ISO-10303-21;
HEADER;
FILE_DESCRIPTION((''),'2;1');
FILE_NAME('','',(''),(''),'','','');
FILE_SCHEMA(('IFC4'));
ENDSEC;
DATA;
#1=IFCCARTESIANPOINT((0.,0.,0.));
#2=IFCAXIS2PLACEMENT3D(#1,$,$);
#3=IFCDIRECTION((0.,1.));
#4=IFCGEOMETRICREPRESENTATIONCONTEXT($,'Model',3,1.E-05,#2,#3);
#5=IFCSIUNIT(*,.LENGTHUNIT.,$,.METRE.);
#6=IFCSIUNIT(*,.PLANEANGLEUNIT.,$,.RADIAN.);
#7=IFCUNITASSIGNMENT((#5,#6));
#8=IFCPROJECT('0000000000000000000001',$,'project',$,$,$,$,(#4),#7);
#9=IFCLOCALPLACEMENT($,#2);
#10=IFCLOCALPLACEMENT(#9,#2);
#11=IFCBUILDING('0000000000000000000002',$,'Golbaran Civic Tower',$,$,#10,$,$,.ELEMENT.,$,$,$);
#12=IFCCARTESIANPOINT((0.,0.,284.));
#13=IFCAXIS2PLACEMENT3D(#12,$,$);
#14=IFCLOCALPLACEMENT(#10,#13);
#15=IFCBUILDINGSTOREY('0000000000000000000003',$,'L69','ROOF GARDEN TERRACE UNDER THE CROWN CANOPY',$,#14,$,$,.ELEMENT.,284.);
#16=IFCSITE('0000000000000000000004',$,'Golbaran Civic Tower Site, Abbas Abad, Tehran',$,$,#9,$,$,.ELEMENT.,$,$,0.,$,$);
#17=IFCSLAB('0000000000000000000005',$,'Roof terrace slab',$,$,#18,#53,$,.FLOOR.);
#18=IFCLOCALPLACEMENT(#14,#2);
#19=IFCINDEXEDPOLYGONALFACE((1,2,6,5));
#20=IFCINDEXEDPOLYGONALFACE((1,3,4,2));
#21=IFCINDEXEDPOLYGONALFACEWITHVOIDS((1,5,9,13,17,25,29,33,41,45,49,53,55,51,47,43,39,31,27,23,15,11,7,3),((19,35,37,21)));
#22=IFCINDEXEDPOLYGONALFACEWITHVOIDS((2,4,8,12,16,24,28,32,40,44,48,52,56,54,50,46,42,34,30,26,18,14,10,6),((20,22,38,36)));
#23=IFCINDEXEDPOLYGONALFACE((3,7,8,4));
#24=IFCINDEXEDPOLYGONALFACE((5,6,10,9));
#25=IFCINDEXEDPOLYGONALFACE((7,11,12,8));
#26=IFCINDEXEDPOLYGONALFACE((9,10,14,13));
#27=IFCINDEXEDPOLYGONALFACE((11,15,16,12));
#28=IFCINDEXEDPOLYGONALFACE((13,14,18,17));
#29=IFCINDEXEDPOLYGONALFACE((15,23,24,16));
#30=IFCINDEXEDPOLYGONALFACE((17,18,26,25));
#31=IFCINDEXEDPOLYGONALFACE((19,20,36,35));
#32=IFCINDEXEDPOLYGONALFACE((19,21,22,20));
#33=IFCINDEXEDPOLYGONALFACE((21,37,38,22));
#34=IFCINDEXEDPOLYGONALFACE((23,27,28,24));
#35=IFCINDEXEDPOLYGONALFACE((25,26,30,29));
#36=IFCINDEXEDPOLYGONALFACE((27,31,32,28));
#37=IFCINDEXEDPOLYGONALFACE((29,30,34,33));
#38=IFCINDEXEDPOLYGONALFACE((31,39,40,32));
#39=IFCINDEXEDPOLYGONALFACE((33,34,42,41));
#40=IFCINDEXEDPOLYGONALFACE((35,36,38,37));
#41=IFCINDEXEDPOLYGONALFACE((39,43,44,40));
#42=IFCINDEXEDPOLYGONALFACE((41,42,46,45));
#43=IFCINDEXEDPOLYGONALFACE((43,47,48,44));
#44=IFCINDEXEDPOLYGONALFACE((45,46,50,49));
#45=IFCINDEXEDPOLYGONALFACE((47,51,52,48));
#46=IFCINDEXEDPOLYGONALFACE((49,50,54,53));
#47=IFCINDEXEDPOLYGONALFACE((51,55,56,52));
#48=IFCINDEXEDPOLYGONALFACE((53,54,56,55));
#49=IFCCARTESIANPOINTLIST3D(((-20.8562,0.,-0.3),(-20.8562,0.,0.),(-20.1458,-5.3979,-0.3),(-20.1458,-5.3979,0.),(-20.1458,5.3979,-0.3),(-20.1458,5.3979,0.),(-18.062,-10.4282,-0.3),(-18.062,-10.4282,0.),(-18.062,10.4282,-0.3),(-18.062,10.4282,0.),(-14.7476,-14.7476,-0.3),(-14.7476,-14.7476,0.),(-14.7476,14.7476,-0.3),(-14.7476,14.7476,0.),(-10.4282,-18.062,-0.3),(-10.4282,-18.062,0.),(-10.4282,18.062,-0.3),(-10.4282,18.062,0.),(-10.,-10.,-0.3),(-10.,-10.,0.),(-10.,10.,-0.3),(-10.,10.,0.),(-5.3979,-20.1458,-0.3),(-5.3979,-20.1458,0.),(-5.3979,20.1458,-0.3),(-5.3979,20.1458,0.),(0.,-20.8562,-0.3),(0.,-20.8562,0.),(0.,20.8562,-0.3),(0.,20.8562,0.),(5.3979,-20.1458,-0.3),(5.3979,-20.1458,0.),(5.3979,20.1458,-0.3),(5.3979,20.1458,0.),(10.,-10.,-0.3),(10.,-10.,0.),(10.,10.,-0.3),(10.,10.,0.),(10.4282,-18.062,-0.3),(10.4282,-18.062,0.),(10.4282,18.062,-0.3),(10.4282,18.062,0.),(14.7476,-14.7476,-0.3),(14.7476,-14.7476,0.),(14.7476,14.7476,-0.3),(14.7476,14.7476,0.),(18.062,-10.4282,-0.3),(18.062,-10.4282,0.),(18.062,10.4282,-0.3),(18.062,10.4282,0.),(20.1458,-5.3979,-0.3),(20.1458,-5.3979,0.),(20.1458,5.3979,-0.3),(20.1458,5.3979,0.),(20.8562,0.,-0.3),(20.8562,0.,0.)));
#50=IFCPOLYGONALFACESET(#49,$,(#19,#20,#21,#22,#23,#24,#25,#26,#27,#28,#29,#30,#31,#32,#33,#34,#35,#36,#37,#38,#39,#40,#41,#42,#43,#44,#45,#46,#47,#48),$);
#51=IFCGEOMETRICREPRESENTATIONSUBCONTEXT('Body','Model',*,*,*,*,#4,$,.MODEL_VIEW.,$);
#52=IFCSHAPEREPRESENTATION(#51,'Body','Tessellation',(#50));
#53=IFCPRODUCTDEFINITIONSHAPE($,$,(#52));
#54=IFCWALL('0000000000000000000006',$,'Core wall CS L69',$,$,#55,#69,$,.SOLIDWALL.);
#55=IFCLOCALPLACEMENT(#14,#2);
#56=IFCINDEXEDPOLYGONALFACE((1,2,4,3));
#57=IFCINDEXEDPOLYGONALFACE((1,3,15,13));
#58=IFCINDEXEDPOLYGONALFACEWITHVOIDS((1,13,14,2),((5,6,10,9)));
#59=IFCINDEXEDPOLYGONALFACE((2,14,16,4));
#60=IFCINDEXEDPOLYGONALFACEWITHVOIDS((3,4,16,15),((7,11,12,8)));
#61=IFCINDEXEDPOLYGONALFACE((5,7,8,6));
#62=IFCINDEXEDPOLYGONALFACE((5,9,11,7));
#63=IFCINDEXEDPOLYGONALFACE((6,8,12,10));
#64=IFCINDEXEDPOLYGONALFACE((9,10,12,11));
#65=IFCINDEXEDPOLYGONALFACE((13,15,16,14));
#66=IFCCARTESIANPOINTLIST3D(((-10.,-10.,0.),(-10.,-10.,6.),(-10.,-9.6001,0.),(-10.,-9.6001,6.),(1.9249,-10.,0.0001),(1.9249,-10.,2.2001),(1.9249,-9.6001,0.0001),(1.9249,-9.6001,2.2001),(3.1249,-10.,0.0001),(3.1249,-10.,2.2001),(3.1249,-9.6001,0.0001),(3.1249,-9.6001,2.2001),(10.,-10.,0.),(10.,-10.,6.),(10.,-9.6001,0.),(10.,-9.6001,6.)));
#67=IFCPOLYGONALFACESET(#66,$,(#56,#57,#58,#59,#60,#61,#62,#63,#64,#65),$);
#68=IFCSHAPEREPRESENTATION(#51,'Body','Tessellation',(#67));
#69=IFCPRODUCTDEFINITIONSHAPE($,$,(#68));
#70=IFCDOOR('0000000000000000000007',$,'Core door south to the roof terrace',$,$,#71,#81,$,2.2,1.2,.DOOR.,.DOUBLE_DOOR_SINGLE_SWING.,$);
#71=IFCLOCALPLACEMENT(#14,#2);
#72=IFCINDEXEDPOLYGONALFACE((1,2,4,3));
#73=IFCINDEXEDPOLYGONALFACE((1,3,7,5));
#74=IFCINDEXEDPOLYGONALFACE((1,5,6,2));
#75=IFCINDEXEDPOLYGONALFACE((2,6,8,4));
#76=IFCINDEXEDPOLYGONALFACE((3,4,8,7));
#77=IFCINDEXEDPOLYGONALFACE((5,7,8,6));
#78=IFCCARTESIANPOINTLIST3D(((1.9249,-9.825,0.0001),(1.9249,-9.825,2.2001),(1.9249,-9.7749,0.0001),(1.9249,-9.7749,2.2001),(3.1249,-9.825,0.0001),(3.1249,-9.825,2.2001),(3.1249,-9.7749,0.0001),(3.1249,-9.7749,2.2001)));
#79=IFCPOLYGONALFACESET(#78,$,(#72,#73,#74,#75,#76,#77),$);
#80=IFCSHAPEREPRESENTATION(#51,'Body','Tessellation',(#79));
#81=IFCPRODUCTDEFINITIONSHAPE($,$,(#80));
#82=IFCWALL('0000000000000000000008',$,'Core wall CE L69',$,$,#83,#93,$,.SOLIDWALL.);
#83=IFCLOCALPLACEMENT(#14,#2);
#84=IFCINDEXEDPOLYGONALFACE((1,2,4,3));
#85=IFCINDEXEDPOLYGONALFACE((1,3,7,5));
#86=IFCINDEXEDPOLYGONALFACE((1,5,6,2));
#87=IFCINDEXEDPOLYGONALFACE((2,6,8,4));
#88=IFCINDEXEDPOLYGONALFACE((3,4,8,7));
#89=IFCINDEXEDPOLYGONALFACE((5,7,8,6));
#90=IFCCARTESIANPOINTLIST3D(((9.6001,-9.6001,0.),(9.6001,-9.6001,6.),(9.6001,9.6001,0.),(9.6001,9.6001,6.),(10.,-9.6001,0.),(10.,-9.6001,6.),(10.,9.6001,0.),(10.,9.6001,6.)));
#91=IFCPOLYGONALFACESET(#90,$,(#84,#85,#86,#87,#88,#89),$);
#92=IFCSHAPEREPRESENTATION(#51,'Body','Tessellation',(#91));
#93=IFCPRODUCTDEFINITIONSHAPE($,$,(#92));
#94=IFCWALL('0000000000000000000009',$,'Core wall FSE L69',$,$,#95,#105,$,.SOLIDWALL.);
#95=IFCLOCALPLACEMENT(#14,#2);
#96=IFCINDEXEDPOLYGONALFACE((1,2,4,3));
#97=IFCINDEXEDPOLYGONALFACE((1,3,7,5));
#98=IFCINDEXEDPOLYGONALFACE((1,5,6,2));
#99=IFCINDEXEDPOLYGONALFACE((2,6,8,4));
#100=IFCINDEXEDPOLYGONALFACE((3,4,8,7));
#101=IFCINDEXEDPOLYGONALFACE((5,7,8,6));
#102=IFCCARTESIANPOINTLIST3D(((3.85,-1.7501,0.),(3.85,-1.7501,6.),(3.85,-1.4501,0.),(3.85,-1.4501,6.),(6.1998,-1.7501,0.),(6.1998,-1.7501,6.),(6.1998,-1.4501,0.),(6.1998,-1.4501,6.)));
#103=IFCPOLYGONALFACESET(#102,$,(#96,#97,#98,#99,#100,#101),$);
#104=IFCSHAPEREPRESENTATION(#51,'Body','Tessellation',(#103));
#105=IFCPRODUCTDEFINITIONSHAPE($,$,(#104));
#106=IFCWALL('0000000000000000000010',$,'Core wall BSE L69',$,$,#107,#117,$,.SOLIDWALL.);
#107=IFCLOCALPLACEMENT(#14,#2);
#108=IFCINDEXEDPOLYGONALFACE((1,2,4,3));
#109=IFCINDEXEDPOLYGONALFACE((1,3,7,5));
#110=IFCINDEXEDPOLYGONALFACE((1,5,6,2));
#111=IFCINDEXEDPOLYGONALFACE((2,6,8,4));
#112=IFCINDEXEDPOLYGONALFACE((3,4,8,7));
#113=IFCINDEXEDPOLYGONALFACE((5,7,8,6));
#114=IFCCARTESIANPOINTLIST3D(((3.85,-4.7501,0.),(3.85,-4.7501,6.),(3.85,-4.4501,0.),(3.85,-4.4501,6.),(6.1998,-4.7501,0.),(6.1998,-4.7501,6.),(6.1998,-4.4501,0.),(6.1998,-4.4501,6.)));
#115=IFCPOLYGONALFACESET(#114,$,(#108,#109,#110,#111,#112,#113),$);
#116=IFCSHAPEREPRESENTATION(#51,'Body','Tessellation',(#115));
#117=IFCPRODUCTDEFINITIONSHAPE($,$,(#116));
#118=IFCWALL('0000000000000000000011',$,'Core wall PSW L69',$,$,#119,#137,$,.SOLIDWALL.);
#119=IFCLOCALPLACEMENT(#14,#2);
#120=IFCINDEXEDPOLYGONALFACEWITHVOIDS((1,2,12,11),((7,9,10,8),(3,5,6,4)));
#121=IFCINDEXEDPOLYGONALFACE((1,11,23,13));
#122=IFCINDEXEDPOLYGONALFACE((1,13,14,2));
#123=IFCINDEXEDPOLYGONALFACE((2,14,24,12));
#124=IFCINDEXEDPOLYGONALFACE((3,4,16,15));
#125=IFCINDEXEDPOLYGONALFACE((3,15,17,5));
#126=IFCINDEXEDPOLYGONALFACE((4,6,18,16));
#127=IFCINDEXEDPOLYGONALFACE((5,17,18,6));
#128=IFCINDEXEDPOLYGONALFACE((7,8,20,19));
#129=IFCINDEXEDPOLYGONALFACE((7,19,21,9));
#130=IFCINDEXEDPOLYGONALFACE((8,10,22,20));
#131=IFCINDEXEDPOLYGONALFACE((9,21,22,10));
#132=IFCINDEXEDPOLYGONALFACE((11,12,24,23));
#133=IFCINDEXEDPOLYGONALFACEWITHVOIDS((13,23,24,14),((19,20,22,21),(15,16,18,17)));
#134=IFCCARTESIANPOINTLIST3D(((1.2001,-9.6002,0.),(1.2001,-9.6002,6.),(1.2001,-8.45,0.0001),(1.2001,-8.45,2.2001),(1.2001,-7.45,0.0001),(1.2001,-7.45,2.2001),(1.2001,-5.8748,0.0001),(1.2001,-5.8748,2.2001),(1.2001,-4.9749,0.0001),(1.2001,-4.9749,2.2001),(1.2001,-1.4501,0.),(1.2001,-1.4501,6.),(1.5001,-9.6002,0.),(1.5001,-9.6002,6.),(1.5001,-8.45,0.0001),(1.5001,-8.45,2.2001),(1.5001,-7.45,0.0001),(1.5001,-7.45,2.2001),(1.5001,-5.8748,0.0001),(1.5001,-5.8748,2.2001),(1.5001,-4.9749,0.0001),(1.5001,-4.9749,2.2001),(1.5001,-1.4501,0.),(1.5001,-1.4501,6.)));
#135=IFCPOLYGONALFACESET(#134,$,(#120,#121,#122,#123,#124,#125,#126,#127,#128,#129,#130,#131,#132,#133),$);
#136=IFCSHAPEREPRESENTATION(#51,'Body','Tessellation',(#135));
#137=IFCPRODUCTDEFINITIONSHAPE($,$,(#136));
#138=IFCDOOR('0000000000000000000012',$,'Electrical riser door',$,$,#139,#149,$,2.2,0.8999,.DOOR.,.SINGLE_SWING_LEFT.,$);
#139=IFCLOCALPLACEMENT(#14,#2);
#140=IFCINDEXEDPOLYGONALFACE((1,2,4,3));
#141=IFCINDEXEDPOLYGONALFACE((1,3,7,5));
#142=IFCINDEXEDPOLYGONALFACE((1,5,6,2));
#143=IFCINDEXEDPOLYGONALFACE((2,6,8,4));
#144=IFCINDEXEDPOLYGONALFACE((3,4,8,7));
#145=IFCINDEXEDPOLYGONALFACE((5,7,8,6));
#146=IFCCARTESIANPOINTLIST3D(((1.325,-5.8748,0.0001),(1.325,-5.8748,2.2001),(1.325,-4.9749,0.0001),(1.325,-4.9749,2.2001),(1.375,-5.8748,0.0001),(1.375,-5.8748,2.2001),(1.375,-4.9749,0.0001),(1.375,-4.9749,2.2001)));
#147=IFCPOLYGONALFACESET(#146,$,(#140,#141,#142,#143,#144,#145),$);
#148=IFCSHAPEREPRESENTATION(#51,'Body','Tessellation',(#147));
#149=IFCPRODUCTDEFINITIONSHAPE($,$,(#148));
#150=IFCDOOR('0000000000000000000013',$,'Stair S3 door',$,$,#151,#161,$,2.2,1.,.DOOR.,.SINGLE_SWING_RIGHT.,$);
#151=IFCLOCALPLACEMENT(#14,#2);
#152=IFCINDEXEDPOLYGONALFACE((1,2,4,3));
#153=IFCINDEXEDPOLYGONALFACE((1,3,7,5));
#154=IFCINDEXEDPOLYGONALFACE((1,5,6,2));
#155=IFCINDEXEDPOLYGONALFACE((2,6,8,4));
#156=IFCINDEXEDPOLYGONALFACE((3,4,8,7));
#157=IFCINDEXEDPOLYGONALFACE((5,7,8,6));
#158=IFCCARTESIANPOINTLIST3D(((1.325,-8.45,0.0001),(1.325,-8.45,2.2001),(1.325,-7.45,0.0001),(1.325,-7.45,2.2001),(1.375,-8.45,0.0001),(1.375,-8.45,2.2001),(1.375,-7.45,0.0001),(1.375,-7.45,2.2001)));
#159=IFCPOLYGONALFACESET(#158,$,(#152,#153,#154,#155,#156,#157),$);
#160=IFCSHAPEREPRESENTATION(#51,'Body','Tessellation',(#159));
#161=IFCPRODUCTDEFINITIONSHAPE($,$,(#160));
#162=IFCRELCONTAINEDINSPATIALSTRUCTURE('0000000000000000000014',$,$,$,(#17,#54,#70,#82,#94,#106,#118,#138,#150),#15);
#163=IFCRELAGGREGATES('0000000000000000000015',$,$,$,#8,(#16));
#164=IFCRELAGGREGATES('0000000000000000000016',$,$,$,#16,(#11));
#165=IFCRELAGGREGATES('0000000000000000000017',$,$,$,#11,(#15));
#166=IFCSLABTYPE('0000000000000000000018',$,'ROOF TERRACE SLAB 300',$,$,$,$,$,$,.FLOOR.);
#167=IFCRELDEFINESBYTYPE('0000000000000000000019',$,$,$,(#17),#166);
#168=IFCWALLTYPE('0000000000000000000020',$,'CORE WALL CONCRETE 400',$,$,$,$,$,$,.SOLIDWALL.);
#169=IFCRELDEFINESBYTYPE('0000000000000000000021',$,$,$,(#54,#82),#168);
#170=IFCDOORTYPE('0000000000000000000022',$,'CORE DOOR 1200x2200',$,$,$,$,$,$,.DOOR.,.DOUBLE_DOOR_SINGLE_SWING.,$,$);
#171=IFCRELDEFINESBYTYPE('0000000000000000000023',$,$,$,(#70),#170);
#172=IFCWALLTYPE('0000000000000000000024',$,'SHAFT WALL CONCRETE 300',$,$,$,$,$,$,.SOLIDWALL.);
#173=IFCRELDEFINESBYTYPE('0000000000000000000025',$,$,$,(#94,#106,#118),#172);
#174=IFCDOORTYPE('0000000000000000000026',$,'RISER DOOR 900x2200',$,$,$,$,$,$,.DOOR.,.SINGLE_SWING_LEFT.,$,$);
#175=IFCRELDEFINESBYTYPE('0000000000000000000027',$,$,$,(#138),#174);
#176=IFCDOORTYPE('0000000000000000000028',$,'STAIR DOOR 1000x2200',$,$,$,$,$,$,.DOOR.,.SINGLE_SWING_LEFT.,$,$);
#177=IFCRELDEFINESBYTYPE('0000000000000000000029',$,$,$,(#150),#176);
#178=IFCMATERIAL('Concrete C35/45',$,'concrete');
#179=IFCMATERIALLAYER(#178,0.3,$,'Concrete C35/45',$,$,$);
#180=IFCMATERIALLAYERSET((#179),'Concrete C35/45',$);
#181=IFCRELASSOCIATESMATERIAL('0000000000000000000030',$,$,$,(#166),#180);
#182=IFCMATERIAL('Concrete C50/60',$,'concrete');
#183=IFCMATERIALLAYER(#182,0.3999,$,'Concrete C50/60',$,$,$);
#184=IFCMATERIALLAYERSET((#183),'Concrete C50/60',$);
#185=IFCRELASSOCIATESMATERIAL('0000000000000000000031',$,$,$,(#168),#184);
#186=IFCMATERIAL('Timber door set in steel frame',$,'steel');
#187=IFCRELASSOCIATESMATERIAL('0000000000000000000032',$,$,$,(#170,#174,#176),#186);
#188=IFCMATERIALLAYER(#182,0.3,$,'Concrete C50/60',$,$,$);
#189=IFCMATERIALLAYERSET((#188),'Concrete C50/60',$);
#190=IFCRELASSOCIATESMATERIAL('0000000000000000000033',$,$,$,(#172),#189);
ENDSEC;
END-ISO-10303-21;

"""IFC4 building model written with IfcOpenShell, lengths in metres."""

from ifc_helpers import new_model, si_unit, direction, frame, frame_2d, origin, place, context, subcontext, project, spatial, polyline, rectangle, outline, extrude, material, layer, layer_set, type_object, element, fill, save


model = new_model("IFC4")

# Units and contexts
model_context = context("Model", 3, precision=1e-05, world=origin(), true_north=direction((0.0, 1.0)))
body_context = subcontext(model_context, "Body", "Model", "MODEL_VIEW")
ifc_project = project(units=[si_unit("LENGTHUNIT", "METRE"), si_unit("PLANEANGLEUNIT", "RADIAN")], contexts=[model_context])

# Site, building, storey
site_placement = place(None, origin())
site = spatial("IfcSite", under=ifc_project, at=site_placement, Name="Golbaran Civic Tower Site, Abbas Abad, Tehran", CompositionType="ELEMENT", RefElevation=0.0)
building_placement = place(site_placement, origin())
building = spatial("IfcBuilding", under=site, at=building_placement, Name="Golbaran Civic Tower", CompositionType="ELEMENT")
storey_placement = place(building_placement, frame((0.0, 0.0, 284.0)))
storey = spatial("IfcBuildingStorey", under=building, at=storey_placement, Name="L69", Description="ROOF GARDEN TERRACE UNDER THE CROWN CANOPY", CompositionType="ELEMENT", Elevation=284.0)

# Slab
ifc_material_1 = material(Name="Concrete C35/45", Category="concrete")
ifc_layer_1 = layer(ifc_material_1, 0.3, Name="Concrete C35/45")
ifc_layer_set_1 = layer_set([ifc_layer_1], Name="Concrete C35/45")
slab_type_1 = type_object("IfcSlabType", Name="ROOF TERRACE SLAB 300", PredefinedType="FLOOR", material=ifc_layer_set_1)
slab_1_placement = place(storey_placement, frame((0.0, 0.0, -0.3)))
element("IfcSlab", 1, at=slab_1_placement, inside=storey, type_object=slab_type_1, Name="Roof terrace slab", PredefinedType="FLOOR", context=body_context, shape_type="SweptSolid", body=[
    extrude(outline(polyline([(18.062, -10.4282), (14.7476, -14.7476), (10.4282, -18.062), (5.3979, -20.1458), (0.0, -20.8562), (-5.3979, -20.1458), (-10.4282, -18.062), (-14.7476, -14.7476), (-18.062, -10.4282), (-20.1458, -5.3979), (-20.8562, 0.0), (-20.1458, 5.3979), (-18.062, 10.4282), (-14.7476, 14.7476), (-10.4282, 18.062), (-5.3979, 20.1458), (0.0, 20.8562), (5.3979, 20.1458), (10.4282, 18.062), (14.7476, 14.7476), (18.062, 10.4282), (20.1458, 5.3979), (20.8562, 0.0), (20.1458, -5.3979), (18.062, -10.4282)]), holes=[polyline([(-10.0, 10.0), (-10.0, -10.0), (10.0, -10.0), (10.0, 10.0), (-10.0, 10.0)])]), origin(), (0.0, 0.0, 1.0), 0.3),
])

# Wall, opening, door
ifc_material_2 = material(Name="Concrete C50/60", Category="concrete")
ifc_layer_2 = layer(ifc_material_2, 0.3999, Name="Concrete C50/60")
ifc_layer_set_2 = layer_set([ifc_layer_2], Name="Concrete C50/60")
wall_type_1 = type_object("IfcWallType", Name="CORE WALL CONCRETE 400", PredefinedType="SOLIDWALL", material=ifc_layer_set_2)
wall_1_placement = place(storey_placement, frame((10.0, -9.8, 0.0), z_axis=(0.0, 0.0, 1.0), x_axis=(-1.0, 0.0, 0.0)))
wall_1 = element("IfcWall", 2, at=wall_1_placement, inside=storey, type_object=wall_type_1, Name="Core wall CS L69", PredefinedType="SOLIDWALL", context=body_context, shape_type="SweptSolid", body=[
    extrude(rectangle(XDim=20.0, YDim=0.3999, at=frame_2d((10.0, 0.0))), origin(), (0.0, 0.0, 1.0), 6.0),
])
opening_1_placement = place(wall_1_placement, frame((6.875, 0.0, 0.0)))
opening_1 = element("IfcOpeningElement", 3, at=opening_1_placement, cuts=wall_1, PredefinedType="OPENING", context=body_context, shape_type="SweptSolid", body=[
    extrude(rectangle(XDim=1.2, YDim=2.2, at=frame_2d((0.6001, 1.1001))), frame((0.0, 0.21, 0.0), z_axis=(0.0, -1.0, 0.0), x_axis=(1.0, 0.0, 0.0)), (0.0, 0.0, 1.0), 0.4199),
])
ifc_material_3 = material(Name="Timber door set in steel frame", Category="steel")
door_type_1 = type_object("IfcDoorType", Name="CORE DOOR 1200x2200", OperationType="DOUBLE_DOOR_SINGLE_SWING", PredefinedType="DOOR", material=ifc_material_3)
door_1_placement = place(opening_1_placement, origin())
door_1 = element("IfcDoor", 4, at=door_1_placement, inside=storey, type_object=door_type_1, Name="Core door south to the roof terrace", OperationType="DOUBLE_DOOR_SINGLE_SWING", OverallHeight=2.2, OverallWidth=1.2, PredefinedType="DOOR", context=body_context, shape_type="SweptSolid", body=[
    extrude(rectangle(XDim=1.2, YDim=2.2, at=frame_2d((0.6001, 1.1001))), frame((0.0, 0.0249, 0.0), z_axis=(0.0, -1.0, 0.0), x_axis=(1.0, 0.0, 0.0)), (0.0, 0.0, 1.0), 0.05),
])
fill(opening_1, door_1)

# Walls
wall_2_placement = place(storey_placement, frame((9.8, -9.6001, 0.0), z_axis=(0.0, 0.0, 1.0), x_axis=(0.0, 1.0, 0.0)))
element("IfcWall", 5, at=wall_2_placement, inside=storey, type_object=wall_type_1, Name="Core wall CE L69", PredefinedType="SOLIDWALL", context=body_context, shape_type="SweptSolid", body=[
    extrude(rectangle(XDim=19.2002, YDim=0.3999, at=frame_2d((9.6001, 0.0))), origin(), (0.0, 0.0, 1.0), 6.0),
])
ifc_layer_3 = layer(ifc_material_2, 0.3, Name="Concrete C50/60")
ifc_layer_set_3 = layer_set([ifc_layer_3], Name="Concrete C50/60")
wall_type_2 = type_object("IfcWallType", Name="SHAFT WALL CONCRETE 300", PredefinedType="SOLIDWALL", material=ifc_layer_set_3)
for number, where, z_axis, x_axis, name in (
    (6, (3.8501, -1.6001, 0.0), (0.0, 0.0, 1.0), (1.0, 0.0, 0.0), "Core wall FSE L69"),
    (7, (3.8501, -4.6001, 0.0), (0.0, 0.0, 1.0), (1.0, 0.0, 0.0), "Core wall BSE L69"),
):
    element("IfcWall", number, at=place(storey_placement, frame(where, z_axis=z_axis, x_axis=x_axis)), inside=storey, type_object=wall_type_2, Name=name, PredefinedType="SOLIDWALL", context=body_context, shape_type="SweptSolid", body=[
        extrude(rectangle(XDim=2.3499, YDim=0.3, at=frame_2d((1.1748, 0.0))), origin(), (0.0, 0.0, 1.0), 6.0),
    ])

# Wall, openings, doors
wall_3_placement = place(storey_placement, frame((1.3501, -1.45, 0.0), z_axis=(0.0, 0.0, 1.0), x_axis=(0.0, -1.0, 0.0)))
wall_3 = element("IfcWall", 8, at=wall_3_placement, inside=storey, type_object=wall_type_2, Name="Core wall PSW L69", PredefinedType="SOLIDWALL", context=body_context, shape_type="SweptSolid", body=[
    extrude(rectangle(XDim=8.1501, YDim=0.3, at=frame_2d((4.0752, 0.0))), origin(), (0.0, 0.0, 1.0), 6.0),
])
opening_2_placement = place(wall_3_placement, frame((6.0, 0.0, 0.0)))
opening_2 = element("IfcOpeningElement", 9, at=opening_2_placement, cuts=wall_3, PredefinedType="OPENING", context=body_context, shape_type="SweptSolid", body=[
    extrude(rectangle(XDim=1.0, YDim=2.2, at=frame_2d((0.5, 1.1001))), frame((0.0, 0.1599, 0.0), z_axis=(0.0, -1.0, 0.0), x_axis=(1.0, 0.0, 0.0)), (0.0, 0.0, 1.0), 0.3201),
])
opening_3_placement = place(wall_3_placement, frame((3.5249, 0.0, 0.0)))
opening_3 = element("IfcOpeningElement", 10, at=opening_3_placement, cuts=wall_3, PredefinedType="OPENING", context=body_context, shape_type="SweptSolid", body=[
    extrude(rectangle(XDim=0.8999, YDim=2.2, at=frame_2d((0.45, 1.1001))), frame((0.0, 0.1599, 0.0), z_axis=(0.0, -1.0, 0.0), x_axis=(1.0, 0.0, 0.0)), (0.0, 0.0, 1.0), 0.3201),
])
door_type_2 = type_object("IfcDoorType", Name="RISER DOOR 900x2200", OperationType="SINGLE_SWING_LEFT", PredefinedType="DOOR", material=ifc_material_3)
door_2_placement = place(opening_3_placement, origin())
door_2 = element("IfcDoor", 11, at=door_2_placement, inside=storey, type_object=door_type_2, Name="Electrical riser door", OperationType="SINGLE_SWING_LEFT", OverallHeight=2.2, OverallWidth=0.8999, PredefinedType="DOOR", context=body_context, shape_type="SweptSolid", body=[
    extrude(rectangle(XDim=0.8999, YDim=2.2, at=frame_2d((0.45, 1.1001))), frame((0.0, 0.0249, 0.0), z_axis=(0.0, -1.0, 0.0), x_axis=(1.0, 0.0, 0.0)), (0.0, 0.0, 1.0), 0.05),
])
fill(opening_3, door_2)
door_type_3 = type_object("IfcDoorType", Name="STAIR DOOR 1000x2200", OperationType="SINGLE_SWING_LEFT", PredefinedType="DOOR", material=ifc_material_3)
door_3_placement = place(opening_2_placement, origin())
door_3 = element("IfcDoor", 12, at=door_3_placement, inside=storey, type_object=door_type_3, Name="Stair S3 door", OperationType="SINGLE_SWING_RIGHT", OverallHeight=2.2, OverallWidth=1.0, PredefinedType="DOOR", context=body_context, shape_type="SweptSolid", body=[
    extrude(rectangle(XDim=1.0, YDim=2.2, at=frame_2d((0.5, 1.1001))), frame((0.0, 0.0249, 0.0), z_axis=(0.0, -1.0, 0.0), x_axis=(1.0, 0.0, 0.0)), (0.0, 0.0, 1.0), 0.05),
])
fill(opening_2, door_3)

save(model, "model.ifc")
